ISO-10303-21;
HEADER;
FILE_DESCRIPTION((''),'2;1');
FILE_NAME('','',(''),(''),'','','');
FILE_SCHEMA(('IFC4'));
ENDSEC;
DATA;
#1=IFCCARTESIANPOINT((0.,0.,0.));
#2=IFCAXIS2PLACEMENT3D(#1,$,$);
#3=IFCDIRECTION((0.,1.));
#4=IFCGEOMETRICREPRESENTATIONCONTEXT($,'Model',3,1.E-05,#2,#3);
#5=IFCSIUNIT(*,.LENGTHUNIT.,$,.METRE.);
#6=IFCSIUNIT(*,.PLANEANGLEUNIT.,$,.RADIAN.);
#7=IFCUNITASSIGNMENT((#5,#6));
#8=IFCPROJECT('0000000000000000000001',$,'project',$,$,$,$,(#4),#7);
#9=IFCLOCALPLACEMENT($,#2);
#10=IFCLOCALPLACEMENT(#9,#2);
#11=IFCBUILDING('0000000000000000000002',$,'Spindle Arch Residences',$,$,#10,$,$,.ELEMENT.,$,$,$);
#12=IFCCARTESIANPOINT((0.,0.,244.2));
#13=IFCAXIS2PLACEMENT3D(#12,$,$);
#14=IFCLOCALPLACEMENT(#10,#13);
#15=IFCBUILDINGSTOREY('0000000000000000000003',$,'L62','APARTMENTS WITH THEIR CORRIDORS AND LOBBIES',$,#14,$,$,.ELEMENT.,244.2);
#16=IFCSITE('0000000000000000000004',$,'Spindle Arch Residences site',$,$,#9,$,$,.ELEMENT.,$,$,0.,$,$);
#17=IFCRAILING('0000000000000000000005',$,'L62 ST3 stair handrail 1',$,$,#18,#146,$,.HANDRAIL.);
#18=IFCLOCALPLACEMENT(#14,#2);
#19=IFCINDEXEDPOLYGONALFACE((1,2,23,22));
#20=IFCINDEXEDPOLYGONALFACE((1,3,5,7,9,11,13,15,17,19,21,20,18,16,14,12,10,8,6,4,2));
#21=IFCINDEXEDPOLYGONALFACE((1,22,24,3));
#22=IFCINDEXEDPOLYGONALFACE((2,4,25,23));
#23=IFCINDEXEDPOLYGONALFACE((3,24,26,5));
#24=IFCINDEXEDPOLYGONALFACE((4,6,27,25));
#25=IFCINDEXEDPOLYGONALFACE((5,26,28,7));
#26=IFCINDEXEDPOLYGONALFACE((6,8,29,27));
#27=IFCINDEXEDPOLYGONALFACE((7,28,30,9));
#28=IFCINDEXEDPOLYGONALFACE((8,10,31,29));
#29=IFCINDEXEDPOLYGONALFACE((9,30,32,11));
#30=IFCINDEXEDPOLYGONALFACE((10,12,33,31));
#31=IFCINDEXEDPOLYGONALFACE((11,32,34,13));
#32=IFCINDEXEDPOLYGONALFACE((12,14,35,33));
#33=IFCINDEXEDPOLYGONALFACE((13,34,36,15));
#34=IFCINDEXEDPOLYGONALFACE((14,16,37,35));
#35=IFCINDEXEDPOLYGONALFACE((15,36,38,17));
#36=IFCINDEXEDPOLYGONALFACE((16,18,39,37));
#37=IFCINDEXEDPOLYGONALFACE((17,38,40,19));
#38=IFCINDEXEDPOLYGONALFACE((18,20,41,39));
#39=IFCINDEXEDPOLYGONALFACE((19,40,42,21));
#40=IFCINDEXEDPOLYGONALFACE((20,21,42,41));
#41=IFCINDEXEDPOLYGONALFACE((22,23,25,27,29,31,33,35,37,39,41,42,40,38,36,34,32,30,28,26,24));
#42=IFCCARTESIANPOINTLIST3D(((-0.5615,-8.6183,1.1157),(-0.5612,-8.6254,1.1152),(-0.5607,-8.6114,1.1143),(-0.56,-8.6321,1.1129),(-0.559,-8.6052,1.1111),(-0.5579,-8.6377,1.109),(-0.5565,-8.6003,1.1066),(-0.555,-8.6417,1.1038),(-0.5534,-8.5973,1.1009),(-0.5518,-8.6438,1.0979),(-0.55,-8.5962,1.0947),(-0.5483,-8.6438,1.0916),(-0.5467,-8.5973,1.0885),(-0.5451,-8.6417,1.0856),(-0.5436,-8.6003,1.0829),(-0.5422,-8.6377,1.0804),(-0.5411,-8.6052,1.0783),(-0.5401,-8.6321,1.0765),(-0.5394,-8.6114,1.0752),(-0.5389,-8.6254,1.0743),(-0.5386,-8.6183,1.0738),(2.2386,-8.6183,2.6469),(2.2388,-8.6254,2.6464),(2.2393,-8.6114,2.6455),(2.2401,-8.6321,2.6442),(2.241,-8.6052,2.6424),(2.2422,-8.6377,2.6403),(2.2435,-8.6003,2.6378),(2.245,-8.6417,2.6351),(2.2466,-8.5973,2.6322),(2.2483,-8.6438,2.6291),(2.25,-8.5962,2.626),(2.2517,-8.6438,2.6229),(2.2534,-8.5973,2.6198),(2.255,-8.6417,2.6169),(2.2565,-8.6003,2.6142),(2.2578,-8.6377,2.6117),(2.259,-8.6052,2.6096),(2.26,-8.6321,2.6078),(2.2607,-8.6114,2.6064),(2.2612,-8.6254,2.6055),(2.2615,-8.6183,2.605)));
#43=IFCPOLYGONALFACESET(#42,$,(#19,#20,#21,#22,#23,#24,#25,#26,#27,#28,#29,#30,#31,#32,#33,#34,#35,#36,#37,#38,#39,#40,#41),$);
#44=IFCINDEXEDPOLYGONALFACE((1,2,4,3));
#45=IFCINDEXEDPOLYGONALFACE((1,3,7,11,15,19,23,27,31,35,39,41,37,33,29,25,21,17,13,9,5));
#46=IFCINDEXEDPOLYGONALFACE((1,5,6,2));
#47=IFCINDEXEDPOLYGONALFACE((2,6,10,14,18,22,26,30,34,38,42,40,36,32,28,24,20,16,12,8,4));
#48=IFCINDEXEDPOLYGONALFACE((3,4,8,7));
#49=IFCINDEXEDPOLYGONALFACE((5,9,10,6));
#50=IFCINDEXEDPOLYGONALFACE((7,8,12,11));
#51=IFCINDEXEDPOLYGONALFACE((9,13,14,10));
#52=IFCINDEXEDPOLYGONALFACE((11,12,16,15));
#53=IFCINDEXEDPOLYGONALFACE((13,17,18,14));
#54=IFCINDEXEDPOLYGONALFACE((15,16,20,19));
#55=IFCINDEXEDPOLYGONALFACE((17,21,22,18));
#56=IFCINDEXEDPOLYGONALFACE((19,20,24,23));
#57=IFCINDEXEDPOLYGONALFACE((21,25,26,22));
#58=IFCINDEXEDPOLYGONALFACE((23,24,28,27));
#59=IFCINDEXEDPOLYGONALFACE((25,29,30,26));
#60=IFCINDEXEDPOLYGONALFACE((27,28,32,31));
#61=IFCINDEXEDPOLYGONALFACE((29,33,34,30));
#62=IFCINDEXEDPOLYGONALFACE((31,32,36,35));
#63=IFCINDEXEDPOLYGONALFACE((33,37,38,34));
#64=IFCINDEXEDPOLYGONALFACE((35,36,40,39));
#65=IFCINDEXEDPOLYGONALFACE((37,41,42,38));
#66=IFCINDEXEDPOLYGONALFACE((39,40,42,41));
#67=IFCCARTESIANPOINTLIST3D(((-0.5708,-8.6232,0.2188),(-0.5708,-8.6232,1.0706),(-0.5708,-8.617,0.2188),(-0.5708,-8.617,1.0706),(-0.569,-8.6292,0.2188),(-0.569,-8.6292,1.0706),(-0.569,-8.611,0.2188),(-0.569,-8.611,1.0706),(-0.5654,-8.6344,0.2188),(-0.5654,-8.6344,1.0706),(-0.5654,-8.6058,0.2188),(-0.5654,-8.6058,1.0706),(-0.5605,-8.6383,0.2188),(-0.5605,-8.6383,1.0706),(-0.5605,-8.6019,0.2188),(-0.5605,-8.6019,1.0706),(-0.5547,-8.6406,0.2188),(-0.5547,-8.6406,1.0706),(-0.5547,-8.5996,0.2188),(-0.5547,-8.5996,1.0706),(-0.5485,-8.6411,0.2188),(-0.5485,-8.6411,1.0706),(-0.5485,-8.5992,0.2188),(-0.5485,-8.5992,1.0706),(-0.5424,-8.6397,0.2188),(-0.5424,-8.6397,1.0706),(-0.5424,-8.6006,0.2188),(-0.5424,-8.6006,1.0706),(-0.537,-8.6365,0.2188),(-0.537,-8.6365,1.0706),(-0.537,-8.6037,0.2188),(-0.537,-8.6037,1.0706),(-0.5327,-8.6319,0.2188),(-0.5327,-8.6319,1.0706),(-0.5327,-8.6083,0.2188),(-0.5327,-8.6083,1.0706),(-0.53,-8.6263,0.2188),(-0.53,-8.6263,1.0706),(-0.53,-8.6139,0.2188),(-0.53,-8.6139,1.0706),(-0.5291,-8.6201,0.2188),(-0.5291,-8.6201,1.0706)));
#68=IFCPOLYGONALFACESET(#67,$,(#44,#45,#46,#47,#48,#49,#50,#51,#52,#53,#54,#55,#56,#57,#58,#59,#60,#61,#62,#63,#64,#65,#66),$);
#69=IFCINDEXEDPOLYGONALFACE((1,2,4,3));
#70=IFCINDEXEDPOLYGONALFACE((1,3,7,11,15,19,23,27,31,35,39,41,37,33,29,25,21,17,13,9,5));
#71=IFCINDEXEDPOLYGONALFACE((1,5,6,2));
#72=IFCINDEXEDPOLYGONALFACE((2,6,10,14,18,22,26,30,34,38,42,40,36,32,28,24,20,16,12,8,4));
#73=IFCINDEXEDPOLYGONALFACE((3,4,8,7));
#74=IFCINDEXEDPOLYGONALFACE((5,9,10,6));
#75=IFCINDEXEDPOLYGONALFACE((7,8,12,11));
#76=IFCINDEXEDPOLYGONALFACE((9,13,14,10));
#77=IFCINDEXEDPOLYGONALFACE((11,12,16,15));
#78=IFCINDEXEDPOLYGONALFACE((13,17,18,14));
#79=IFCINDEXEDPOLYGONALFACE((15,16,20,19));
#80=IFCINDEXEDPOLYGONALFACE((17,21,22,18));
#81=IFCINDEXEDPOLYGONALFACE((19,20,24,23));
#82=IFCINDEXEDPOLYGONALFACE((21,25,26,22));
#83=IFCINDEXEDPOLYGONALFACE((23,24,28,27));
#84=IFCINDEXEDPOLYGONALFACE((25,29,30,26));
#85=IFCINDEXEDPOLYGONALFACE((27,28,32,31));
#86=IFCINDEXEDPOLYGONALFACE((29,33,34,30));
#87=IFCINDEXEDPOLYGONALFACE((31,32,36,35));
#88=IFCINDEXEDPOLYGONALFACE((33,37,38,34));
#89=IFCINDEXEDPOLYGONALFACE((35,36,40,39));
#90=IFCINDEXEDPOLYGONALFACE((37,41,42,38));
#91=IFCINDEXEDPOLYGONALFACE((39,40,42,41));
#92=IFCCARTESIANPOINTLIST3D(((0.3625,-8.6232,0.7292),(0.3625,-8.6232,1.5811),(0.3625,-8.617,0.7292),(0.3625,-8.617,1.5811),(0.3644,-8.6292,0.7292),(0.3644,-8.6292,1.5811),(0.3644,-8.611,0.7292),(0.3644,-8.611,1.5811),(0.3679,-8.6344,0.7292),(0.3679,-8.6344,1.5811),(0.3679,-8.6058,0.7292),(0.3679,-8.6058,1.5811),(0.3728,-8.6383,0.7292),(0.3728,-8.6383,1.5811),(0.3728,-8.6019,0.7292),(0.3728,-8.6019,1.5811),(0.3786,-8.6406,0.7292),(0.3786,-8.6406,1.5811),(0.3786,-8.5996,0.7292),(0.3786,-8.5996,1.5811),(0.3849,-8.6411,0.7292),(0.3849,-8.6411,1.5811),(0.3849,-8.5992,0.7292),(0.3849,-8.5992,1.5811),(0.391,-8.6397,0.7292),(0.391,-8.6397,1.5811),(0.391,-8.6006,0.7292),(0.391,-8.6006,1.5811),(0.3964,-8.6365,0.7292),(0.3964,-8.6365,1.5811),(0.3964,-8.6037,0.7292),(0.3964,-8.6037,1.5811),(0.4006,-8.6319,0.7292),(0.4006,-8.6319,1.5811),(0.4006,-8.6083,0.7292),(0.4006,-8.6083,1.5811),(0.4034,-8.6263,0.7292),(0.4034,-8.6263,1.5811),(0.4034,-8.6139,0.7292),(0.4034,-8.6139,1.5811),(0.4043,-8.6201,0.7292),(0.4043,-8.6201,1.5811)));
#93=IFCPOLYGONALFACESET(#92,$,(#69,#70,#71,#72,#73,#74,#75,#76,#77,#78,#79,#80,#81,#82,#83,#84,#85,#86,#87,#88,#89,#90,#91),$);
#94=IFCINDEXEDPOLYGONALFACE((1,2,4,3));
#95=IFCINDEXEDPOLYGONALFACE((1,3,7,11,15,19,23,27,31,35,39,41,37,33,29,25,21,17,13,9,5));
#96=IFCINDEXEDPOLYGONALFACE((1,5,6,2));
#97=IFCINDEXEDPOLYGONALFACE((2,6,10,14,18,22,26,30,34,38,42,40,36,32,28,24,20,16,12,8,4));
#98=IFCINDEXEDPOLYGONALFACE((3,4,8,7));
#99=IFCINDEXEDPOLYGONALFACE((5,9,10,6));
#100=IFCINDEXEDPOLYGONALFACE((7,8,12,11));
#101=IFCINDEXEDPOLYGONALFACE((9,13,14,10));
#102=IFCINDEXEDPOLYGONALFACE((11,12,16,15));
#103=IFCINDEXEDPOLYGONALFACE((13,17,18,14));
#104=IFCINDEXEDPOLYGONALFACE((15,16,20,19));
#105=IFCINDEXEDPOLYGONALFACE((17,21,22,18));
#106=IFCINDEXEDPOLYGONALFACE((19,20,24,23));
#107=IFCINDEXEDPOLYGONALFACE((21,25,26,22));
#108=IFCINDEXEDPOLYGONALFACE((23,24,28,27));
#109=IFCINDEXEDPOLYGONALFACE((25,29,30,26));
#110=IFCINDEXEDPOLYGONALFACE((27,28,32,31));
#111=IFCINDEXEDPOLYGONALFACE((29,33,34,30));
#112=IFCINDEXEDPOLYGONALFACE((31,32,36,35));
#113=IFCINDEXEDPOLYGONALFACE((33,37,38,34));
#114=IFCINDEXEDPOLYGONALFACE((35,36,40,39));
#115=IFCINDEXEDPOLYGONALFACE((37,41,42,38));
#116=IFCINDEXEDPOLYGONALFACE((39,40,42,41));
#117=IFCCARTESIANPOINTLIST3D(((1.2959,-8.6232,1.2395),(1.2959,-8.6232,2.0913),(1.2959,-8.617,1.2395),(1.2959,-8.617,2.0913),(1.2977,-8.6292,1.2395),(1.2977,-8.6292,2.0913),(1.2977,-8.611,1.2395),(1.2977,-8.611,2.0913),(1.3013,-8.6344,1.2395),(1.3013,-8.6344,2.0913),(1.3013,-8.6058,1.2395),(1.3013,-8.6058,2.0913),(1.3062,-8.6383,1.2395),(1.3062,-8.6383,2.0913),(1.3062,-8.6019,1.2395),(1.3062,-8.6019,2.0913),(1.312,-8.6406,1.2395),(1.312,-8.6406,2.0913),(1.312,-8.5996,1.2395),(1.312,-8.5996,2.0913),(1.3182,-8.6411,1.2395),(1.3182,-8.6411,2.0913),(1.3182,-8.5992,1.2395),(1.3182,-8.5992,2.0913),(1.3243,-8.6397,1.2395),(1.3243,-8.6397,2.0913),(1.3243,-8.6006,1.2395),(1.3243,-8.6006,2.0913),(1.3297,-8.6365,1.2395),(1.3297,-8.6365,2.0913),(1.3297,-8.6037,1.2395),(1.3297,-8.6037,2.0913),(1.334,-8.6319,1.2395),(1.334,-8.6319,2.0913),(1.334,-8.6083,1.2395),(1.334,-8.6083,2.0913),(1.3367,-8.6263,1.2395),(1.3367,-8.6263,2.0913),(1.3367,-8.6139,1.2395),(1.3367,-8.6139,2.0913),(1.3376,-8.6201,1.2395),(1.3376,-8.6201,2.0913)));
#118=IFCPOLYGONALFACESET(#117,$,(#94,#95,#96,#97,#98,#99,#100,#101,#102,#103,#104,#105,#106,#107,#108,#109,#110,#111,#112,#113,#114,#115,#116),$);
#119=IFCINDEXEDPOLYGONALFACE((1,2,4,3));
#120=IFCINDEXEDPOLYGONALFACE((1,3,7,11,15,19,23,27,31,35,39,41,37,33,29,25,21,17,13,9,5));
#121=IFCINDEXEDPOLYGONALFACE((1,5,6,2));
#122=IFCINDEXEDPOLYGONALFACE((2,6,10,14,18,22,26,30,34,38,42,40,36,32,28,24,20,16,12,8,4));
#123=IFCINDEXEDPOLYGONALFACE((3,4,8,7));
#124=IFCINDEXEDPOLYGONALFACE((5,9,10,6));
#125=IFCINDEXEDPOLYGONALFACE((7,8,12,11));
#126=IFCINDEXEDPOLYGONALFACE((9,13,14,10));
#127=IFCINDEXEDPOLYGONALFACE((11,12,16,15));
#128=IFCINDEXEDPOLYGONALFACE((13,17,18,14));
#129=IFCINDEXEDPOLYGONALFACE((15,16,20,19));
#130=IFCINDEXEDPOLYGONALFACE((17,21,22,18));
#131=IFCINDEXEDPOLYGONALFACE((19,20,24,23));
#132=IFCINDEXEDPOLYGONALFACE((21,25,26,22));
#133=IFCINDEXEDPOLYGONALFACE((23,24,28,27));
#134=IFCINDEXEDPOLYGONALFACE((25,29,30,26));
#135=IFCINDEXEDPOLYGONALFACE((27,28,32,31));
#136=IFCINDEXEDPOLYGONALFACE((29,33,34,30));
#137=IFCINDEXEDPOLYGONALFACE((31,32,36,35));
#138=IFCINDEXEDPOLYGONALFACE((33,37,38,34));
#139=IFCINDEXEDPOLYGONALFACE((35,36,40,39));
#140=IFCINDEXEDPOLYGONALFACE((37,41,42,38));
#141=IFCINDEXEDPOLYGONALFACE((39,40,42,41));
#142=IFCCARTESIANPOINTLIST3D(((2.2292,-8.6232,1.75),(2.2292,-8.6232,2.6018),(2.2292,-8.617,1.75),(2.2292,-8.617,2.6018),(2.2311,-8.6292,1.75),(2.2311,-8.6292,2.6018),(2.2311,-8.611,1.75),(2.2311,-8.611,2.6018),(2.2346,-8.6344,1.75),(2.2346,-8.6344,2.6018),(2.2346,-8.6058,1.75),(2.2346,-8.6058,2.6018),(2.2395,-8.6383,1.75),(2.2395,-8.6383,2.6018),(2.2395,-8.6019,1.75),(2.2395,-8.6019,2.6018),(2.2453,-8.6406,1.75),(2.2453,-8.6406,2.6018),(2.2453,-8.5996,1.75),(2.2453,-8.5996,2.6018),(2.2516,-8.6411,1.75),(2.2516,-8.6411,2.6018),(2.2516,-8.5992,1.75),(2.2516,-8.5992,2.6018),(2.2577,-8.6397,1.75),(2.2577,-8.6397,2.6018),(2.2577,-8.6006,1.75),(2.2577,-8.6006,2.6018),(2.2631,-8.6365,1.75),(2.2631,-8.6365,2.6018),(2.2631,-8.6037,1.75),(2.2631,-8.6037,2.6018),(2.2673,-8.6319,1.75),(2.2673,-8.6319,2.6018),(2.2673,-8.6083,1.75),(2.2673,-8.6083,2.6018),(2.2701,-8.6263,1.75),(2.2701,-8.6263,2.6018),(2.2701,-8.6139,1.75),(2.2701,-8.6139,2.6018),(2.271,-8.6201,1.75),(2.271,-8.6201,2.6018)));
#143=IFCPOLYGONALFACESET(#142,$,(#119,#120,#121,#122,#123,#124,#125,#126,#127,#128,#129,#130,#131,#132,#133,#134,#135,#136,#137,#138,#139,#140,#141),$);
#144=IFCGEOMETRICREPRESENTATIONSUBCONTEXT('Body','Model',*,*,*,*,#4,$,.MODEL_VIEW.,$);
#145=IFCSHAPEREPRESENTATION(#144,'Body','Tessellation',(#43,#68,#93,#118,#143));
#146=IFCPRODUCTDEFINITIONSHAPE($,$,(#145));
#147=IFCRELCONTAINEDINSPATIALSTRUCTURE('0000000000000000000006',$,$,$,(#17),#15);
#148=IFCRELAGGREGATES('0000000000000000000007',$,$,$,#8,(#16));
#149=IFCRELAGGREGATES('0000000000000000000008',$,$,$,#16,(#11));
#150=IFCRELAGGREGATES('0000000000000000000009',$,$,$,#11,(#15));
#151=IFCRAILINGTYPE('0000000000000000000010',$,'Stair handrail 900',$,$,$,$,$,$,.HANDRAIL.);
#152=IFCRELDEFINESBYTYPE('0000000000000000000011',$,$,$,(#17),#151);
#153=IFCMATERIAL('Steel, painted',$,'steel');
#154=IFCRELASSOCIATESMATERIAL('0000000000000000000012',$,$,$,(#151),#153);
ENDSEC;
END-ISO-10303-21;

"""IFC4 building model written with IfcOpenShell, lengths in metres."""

from ifc_helpers import new_model, si_unit, direction, frame, origin, origin_2d, place, context, subcontext, project, spatial, circle, extrude, material, type_object, element, save


model = new_model("IFC4")

# Units and contexts
model_context = context("Model", 3, precision=1e-05, world=origin(), true_north=direction((0.0, 1.0)))
body_context = subcontext(model_context, "Body", "Model", "MODEL_VIEW")
ifc_project = project(units=[si_unit("LENGTHUNIT", "METRE"), si_unit("PLANEANGLEUNIT", "RADIAN")], contexts=[model_context])

# Site, building, storey
site_placement = place(None, origin())
site = spatial("IfcSite", under=ifc_project, at=site_placement, Name="Spindle Arch Residences site", CompositionType="ELEMENT", RefElevation=0.0)
building_placement = place(site_placement, origin())
building = spatial("IfcBuilding", under=site, at=building_placement, Name="Spindle Arch Residences", CompositionType="ELEMENT")
storey_placement = place(building_placement, frame((0.0, 0.0, 244.2)))
storey = spatial("IfcBuildingStorey", under=building, at=storey_placement, Name="L62", Description="APARTMENTS WITH THEIR CORRIDORS AND LOBBIES", CompositionType="ELEMENT", Elevation=244.2)

# Railing
ifc_material_1 = material(Name="Steel, painted", Category="steel")
railing_type_1 = type_object("IfcRailingType", Name="Stair handrail 900", PredefinedType="HANDRAIL", material=ifc_material_1)
railing_1_placement = place(storey_placement, frame((-0.55, -8.6201, 0.2188)))
element("IfcRailing", 1, at=railing_1_placement, inside=storey, type_object=railing_type_1, Name="L62 ST3 stair handrail 1", PredefinedType="HANDRAIL", context=body_context, shape_type="SweptSolid", body=[
    extrude(circle(Radius=0.0239, at=origin_2d()), frame((0.0, 0.0, 0.876), z_axis=(0.877375, 0.0, 0.479806), x_axis=(0.0, 1.0, 0.0)), (0.0, 0.0, 1.0), 3.1914),
    extrude(circle(Radius=0.021, at=origin_2d()), origin(), (0.0, 0.0, 1.0), 0.8518),
    extrude(circle(Radius=0.021, at=origin_2d()), frame((0.9333, 0.0, 0.5105)), (0.0, 0.0, 1.0), 0.8518),
    extrude(circle(Radius=0.021, at=origin_2d()), frame((1.8667, 0.0, 1.0208)), (0.0, 0.0, 1.0), 0.8518),
    extrude(circle(Radius=0.021, at=origin_2d()), frame((2.8, 0.0, 1.5312)), (0.0, 0.0, 1.0), 0.8518),
])

save(model, "model.ifc")
